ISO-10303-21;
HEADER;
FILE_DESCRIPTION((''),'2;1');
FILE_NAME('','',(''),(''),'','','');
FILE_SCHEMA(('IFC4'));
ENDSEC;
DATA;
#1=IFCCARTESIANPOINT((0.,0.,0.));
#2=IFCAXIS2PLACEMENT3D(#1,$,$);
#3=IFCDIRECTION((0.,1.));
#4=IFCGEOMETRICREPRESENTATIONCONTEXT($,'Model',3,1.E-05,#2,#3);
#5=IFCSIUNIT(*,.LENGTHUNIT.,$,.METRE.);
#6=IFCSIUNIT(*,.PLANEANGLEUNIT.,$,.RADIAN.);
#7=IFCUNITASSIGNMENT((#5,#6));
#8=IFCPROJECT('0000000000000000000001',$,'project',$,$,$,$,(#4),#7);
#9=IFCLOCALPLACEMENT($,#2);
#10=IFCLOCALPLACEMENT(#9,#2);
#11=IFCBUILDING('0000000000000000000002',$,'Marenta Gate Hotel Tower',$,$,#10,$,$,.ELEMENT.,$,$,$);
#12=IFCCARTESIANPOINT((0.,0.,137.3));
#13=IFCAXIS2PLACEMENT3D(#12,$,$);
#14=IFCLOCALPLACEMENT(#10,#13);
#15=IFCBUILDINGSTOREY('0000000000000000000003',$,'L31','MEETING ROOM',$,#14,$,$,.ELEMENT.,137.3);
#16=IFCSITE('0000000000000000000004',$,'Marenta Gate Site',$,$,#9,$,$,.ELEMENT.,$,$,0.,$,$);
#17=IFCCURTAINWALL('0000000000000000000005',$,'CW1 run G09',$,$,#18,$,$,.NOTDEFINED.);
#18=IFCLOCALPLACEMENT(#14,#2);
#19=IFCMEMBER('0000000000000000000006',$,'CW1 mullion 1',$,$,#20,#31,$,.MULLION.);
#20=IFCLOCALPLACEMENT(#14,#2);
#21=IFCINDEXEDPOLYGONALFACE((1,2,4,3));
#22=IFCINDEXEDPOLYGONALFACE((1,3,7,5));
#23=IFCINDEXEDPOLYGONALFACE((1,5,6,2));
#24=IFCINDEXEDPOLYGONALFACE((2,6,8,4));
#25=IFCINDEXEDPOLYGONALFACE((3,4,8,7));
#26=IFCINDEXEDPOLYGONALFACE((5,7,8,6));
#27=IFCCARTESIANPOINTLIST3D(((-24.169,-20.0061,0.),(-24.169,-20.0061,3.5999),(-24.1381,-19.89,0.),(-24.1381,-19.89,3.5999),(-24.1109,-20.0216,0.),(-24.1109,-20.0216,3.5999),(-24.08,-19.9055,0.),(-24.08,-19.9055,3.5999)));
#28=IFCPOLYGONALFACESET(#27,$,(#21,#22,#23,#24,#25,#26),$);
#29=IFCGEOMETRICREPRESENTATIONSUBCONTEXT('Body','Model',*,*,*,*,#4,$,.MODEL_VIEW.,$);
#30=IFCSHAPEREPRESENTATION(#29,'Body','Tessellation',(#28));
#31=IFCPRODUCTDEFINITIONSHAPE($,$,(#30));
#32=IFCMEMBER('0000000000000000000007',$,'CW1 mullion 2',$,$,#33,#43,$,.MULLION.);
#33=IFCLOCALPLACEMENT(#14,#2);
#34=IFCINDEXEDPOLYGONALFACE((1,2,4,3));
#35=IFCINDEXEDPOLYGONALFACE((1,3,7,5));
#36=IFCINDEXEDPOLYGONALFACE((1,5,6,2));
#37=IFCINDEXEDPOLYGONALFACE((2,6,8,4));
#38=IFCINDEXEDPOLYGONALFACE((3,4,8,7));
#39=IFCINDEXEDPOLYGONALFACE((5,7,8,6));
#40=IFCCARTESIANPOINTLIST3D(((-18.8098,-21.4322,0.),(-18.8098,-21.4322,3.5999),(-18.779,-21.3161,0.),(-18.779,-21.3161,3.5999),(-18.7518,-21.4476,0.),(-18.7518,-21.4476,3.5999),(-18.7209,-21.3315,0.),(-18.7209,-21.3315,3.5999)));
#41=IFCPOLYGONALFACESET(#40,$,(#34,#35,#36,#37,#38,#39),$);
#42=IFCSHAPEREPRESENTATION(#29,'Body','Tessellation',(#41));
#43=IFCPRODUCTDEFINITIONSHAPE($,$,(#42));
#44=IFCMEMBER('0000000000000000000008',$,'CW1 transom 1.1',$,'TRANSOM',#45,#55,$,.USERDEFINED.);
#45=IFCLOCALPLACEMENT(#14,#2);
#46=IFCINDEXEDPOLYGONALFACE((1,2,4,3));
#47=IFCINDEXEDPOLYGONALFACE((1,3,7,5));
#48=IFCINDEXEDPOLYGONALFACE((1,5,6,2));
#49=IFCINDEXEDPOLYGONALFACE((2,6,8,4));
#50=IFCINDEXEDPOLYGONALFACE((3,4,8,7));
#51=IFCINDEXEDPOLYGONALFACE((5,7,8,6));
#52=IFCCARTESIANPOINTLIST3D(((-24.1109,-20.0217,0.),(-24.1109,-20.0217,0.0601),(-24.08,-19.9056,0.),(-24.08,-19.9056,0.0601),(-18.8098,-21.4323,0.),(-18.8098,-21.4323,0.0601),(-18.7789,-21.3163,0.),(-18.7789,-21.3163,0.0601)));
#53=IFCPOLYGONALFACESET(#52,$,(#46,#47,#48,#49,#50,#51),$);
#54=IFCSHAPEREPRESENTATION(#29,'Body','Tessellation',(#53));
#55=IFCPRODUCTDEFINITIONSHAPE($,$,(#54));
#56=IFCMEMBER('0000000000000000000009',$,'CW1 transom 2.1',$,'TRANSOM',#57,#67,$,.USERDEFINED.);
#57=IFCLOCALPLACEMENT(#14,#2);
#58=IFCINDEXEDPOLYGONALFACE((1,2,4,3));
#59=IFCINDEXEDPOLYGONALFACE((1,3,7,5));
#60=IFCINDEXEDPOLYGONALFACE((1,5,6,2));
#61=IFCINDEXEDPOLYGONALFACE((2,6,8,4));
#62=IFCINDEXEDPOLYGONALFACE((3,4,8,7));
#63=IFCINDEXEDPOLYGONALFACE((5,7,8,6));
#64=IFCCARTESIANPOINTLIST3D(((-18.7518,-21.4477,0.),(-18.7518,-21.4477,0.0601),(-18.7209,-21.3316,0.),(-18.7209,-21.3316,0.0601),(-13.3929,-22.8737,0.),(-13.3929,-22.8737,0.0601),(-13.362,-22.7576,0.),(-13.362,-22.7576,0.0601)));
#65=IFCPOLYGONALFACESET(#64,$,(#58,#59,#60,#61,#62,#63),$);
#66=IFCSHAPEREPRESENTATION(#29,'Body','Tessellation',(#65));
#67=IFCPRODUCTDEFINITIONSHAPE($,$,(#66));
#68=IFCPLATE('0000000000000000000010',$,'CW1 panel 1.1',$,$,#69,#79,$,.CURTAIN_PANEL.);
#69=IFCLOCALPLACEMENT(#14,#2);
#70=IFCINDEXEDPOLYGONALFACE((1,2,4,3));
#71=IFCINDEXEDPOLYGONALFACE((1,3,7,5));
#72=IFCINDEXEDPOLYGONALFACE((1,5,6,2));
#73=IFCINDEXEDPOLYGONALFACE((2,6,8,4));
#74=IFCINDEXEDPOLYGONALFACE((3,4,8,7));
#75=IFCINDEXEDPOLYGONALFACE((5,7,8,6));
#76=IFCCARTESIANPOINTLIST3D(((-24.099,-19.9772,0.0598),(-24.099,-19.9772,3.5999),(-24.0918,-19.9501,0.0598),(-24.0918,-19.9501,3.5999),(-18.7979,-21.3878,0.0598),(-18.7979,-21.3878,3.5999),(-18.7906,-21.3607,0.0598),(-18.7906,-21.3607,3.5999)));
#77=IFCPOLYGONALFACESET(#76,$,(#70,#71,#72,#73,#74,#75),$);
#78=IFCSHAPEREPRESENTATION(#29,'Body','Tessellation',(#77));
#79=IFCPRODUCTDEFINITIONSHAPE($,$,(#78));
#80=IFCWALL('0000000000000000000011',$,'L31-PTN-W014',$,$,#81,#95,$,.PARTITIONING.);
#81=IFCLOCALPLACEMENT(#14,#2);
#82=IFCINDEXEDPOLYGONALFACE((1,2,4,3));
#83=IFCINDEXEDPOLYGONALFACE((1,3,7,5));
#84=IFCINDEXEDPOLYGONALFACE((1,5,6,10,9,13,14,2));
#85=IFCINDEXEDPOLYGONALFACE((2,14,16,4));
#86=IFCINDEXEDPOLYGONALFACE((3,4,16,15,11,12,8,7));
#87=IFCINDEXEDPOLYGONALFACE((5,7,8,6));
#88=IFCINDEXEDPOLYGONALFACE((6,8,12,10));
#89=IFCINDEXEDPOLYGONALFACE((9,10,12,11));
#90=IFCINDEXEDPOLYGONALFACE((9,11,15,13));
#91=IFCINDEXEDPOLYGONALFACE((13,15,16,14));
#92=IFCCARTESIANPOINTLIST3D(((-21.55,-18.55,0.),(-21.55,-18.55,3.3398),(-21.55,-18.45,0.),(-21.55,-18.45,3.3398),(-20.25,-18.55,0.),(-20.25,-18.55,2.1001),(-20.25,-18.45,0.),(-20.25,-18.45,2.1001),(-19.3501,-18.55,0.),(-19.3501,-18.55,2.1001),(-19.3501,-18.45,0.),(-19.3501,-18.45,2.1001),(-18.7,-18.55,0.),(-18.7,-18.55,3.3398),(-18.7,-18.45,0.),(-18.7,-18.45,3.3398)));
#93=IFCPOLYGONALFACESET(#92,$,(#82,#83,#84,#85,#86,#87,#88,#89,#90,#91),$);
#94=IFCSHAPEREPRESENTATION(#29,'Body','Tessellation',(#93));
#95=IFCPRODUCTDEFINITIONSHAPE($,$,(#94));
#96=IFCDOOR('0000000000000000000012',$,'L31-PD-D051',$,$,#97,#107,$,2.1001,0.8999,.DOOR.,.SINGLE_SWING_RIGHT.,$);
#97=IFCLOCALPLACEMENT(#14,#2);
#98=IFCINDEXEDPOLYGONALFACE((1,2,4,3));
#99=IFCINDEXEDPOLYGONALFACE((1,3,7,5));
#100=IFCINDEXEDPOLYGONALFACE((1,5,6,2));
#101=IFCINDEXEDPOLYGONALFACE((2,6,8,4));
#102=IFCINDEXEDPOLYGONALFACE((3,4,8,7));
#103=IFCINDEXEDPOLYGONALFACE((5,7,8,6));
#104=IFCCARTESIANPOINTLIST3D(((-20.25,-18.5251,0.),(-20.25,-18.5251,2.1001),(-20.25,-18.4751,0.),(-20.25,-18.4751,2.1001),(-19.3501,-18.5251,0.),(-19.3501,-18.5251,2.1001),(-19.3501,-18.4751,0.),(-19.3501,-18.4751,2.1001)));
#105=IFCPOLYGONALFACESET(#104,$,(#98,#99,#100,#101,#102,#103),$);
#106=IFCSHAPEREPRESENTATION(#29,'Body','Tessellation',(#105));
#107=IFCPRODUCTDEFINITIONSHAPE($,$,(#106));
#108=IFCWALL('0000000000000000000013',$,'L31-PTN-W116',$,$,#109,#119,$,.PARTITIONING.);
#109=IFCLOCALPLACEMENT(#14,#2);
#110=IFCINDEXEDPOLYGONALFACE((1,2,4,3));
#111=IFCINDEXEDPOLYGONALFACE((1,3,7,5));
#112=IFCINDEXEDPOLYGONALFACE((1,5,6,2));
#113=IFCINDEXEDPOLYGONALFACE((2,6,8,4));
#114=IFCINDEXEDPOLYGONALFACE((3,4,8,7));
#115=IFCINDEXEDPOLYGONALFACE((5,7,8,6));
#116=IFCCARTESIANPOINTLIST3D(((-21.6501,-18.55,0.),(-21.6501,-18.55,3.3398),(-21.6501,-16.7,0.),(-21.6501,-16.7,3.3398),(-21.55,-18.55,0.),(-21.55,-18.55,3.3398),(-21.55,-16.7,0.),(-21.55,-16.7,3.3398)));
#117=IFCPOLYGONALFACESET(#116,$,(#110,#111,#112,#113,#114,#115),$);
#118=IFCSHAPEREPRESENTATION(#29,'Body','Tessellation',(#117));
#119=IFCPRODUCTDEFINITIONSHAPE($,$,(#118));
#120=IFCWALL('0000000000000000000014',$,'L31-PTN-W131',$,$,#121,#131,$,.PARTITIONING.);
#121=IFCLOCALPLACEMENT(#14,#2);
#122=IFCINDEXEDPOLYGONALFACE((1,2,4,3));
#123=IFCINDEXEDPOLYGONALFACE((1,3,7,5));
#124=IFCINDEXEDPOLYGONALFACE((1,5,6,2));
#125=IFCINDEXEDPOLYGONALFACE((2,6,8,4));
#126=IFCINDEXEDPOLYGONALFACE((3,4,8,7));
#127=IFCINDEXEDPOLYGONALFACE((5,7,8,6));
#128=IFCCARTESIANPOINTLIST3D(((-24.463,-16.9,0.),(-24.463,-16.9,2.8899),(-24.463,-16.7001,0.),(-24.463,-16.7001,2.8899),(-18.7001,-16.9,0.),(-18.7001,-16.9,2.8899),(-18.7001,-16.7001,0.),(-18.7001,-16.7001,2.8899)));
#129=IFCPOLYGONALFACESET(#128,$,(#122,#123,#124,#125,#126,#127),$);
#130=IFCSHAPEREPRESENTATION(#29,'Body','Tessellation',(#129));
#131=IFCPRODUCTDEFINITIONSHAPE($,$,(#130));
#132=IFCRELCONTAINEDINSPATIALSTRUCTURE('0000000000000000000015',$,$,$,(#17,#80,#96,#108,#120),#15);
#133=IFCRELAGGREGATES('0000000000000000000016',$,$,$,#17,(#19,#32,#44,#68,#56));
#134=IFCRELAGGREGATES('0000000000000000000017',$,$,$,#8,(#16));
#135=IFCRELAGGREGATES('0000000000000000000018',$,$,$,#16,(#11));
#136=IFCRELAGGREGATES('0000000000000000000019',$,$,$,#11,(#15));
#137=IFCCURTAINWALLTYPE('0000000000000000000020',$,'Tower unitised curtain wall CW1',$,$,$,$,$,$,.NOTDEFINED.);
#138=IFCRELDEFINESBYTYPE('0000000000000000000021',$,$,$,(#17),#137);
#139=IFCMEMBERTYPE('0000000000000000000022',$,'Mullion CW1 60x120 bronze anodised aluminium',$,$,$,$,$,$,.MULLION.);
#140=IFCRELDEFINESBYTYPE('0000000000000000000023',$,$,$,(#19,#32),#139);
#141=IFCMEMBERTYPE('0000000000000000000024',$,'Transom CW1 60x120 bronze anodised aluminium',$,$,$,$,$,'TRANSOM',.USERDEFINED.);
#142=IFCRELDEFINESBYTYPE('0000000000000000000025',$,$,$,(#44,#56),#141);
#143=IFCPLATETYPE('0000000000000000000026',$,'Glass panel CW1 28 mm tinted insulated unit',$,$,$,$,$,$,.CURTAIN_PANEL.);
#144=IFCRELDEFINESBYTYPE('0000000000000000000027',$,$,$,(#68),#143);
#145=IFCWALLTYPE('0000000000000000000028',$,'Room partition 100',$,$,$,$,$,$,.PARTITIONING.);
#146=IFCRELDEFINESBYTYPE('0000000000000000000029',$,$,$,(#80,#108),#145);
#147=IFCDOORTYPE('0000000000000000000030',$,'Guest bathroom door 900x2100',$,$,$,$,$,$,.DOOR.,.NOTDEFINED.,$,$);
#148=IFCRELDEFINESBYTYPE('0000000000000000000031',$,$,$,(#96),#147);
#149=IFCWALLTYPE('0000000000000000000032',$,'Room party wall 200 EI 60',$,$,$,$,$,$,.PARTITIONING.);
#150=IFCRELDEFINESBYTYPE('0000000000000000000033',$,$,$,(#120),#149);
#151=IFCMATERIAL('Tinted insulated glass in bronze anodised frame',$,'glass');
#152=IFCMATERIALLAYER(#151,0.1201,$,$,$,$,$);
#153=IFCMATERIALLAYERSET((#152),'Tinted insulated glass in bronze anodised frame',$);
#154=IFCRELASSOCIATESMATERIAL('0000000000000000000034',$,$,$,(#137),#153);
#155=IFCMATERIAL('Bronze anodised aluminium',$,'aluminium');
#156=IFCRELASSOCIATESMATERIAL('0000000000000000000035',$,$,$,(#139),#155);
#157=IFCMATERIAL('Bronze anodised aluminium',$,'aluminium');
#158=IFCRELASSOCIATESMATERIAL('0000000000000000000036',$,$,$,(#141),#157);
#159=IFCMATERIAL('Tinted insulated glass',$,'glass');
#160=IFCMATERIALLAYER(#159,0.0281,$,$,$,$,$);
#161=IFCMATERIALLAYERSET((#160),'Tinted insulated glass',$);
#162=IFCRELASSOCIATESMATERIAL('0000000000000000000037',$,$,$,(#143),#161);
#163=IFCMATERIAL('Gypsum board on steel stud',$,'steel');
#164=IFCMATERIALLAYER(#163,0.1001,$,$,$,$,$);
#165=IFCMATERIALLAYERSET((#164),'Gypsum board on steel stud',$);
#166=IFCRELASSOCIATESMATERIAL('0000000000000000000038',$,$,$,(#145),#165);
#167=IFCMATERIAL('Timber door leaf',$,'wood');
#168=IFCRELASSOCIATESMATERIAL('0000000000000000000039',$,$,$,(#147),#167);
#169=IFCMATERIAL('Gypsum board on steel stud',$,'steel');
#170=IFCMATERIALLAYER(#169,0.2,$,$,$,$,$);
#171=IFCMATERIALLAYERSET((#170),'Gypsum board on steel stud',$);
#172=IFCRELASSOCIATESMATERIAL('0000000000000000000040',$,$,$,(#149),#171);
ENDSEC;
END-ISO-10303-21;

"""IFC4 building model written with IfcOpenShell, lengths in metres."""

from ifc_helpers import new_model, si_unit, direction, frame, frame_2d, origin, origin_2d, place, context, subcontext, project, spatial, rectangle, extrude, material, layer, layer_set, material_profile, profile_set, type_object, element, fill, aggregate, save


model = new_model("IFC4")

# Units and contexts
model_context = context("Model", 3, precision=1e-05, world=origin(), true_north=direction((0.0, 1.0)))
body_context = subcontext(model_context, "Body", "Model", "MODEL_VIEW")
ifc_project = project(units=[si_unit("LENGTHUNIT", "METRE"), si_unit("PLANEANGLEUNIT", "RADIAN")], contexts=[model_context])

# Site, building, storey
site_placement = place(None, origin())
site = spatial("IfcSite", under=ifc_project, at=site_placement, Name="Marenta Gate Site", CompositionType="ELEMENT", RefElevation=0.0)
building_placement = place(site_placement, origin())
building = spatial("IfcBuilding", under=site, at=building_placement, Name="Marenta Gate Hotel Tower", CompositionType="ELEMENT")
storey_placement = place(building_placement, frame((0.0, 0.0, 137.3)))
storey = spatial("IfcBuildingStorey", under=building, at=storey_placement, Name="L31", Description="MEETING ROOM", CompositionType="ELEMENT", Elevation=137.3)

# Curtain wall, members, plate
ifc_material_1 = material(Name="Tinted insulated glass in bronze anodised frame", Category="glass")
ifc_layer_1 = layer(ifc_material_1, 0.1201)
ifc_layer_set_1 = layer_set([ifc_layer_1], Name="Tinted insulated glass in bronze anodised frame")
curtain_wall_type = type_object("IfcCurtainWallType", Name="Tower unitised curtain wall CW1", PredefinedType="NOTDEFINED", material=ifc_layer_set_1)
curtain_wall_placement = place(storey_placement, origin())
curtain_wall = element("IfcCurtainWall", 1, at=curtain_wall_placement, inside=storey, type_object=curtain_wall_type, Name="CW1 run G09", PredefinedType="NOTDEFINED")
ifc_material_2 = material(Name="Bronze anodised aluminium", Category="aluminium")
ifc_material_profile_1 = material_profile(ifc_material_2, rectangle(XDim=0.1201, YDim=0.0601, at=origin_2d()), Name="Mullion CW1 60x120 bronze anodised aluminium")
ifc_profile_set_1 = profile_set([ifc_material_profile_1], Name="Bronze anodised aluminium")
member_type_1 = type_object("IfcMemberType", Name="Mullion CW1 60x120 bronze anodised aluminium", PredefinedType="MULLION", material=ifc_profile_set_1)
member_1_placement = place(storey_placement, frame((-24.1245, -19.9558, 0.0), z_axis=(0.0, 0.0, 1.0), x_axis=(0.257144, 0.966373, 0.0)))
member_1 = element("IfcMember", 2, at=member_1_placement, type_object=member_type_1, Name="CW1 mullion 1", PredefinedType="MULLION", context=body_context, shape_type="SweptSolid", body=[
    extrude(rectangle(XDim=0.1201, YDim=0.0601, at=origin_2d()), origin(), (0.0, 0.0, 1.0), 3.5999),
])
member_2_placement = place(storey_placement, frame((-18.7654, -21.3818, 0.0), z_axis=(0.0, 0.0, 1.0), x_axis=(0.257144, 0.966373, 0.0)))
member_2 = element("IfcMember", 3, at=member_2_placement, type_object=member_type_1, Name="CW1 mullion 2", PredefinedType="MULLION", context=body_context, shape_type="SweptSolid", body=[
    extrude(rectangle(XDim=0.1201, YDim=0.0601, at=origin_2d()), origin(), (0.0, 0.0, 1.0), 3.5999),
])
ifc_material_3 = material(Name="Bronze anodised aluminium", Category="aluminium")
ifc_material_profile_2 = material_profile(ifc_material_3, rectangle(XDim=0.1201, YDim=0.0601, at=origin_2d()), Name="Transom CW1 60x120 bronze anodised aluminium")
ifc_profile_set_2 = profile_set([ifc_material_profile_2], Name="Bronze anodised aluminium")
member_type_2 = type_object("IfcMemberType", Name="Transom CW1 60x120 bronze anodised aluminium", ElementType="TRANSOM", PredefinedType="USERDEFINED", material=ifc_profile_set_2)
member_3_placement = place(storey_placement, frame((-24.0955, -19.9636, 0.03), z_axis=(0.966369, -0.257158, 0.0), x_axis=(0.257158, 0.966369, 0.0)))
member_3 = element("IfcMember", 4, at=member_3_placement, type_object=member_type_2, Name="CW1 transom 1.1", ObjectType="TRANSOM", PredefinedType="USERDEFINED", context=body_context, shape_type="SweptSolid", body=[
    extrude(rectangle(XDim=0.1201, YDim=0.0601, at=origin_2d()), origin(), (0.0, 0.0, 1.0), 5.4856),
])
member_4_placement = place(storey_placement, frame((-18.7363, -21.3896, 0.03), z_axis=(0.96637, -0.257156, 0.0), x_axis=(0.257156, 0.96637, 0.0)))
member_4 = element("IfcMember", 5, at=member_4_placement, type_object=member_type_2, Name="CW1 transom 2.1", ObjectType="TRANSOM", PredefinedType="USERDEFINED", context=body_context, shape_type="SweptSolid", body=[
    extrude(rectangle(XDim=0.1201, YDim=0.0601, at=origin_2d()), origin(), (0.0, 0.0, 1.0), 5.5454),
])
ifc_material_4 = material(Name="Tinted insulated glass", Category="glass")
ifc_layer_2 = layer(ifc_material_4, 0.0281)
ifc_layer_set_2 = layer_set([ifc_layer_2], Name="Tinted insulated glass")
plate_type = type_object("IfcPlateType", Name="Glass panel CW1 28 mm tinted insulated unit", PredefinedType="CURTAIN_PANEL", material=ifc_layer_set_2)
plate_placement = place(storey_placement, frame((-21.4448, -20.6689, 0.0598), z_axis=(0.0, 0.0, 1.0), x_axis=(0.966373, -0.257144, 0.0)))
plate = element("IfcPlate", 6, at=plate_placement, type_object=plate_type, Name="CW1 panel 1.1", PredefinedType="CURTAIN_PANEL", context=body_context, shape_type="SweptSolid", body=[
    extrude(rectangle(XDim=5.4856, YDim=0.0281, at=origin_2d()), origin(), (0.0, 0.0, 1.0), 3.54),
])
aggregate(curtain_wall, [member_1, member_2, member_3, plate, member_4])

# Wall, opening, door
ifc_material_5 = material(Name="Gypsum board on steel stud", Category="steel")
ifc_layer_3 = layer(ifc_material_5, 0.1001)
ifc_layer_set_3 = layer_set([ifc_layer_3], Name="Gypsum board on steel stud")
wall_type_1 = type_object("IfcWallType", Name="Room partition 100", PredefinedType="PARTITIONING", material=ifc_layer_set_3)
wall_1_placement = place(storey_placement, frame((-21.55, -18.5, 0.0), z_axis=(0.0, 0.0, 1.0), x_axis=(1.0, 0.0, 0.0)))
wall_1 = element("IfcWall", 7, at=wall_1_placement, inside=storey, type_object=wall_type_1, Name="L31-PTN-W014", PredefinedType="PARTITIONING", context=body_context, shape_type="SweptSolid", body=[
    extrude(rectangle(XDim=2.8501, YDim=0.1001, at=frame_2d((1.425, 0.0))), origin(), (0.0, 0.0, 1.0), 3.3398),
])
opening_1_placement = place(wall_1_placement, frame((1.3, 0.0, 0.0)))
opening_1 = element("IfcOpeningElement", 8, at=opening_1_placement, cuts=wall_1, PredefinedType="OPENING", context=body_context, shape_type="SweptSolid", body=[
    extrude(rectangle(XDim=0.8999, YDim=2.1001, at=frame_2d((0.45, 1.05))), frame((0.0, 0.05, 0.0), z_axis=(0.0, -1.0, 0.0), x_axis=(1.0, 0.0, 0.0)), (0.0, 0.0, 1.0), 0.1001),
])
ifc_material_6 = material(Name="Timber door leaf", Category="wood")
door_type_1 = type_object("IfcDoorType", Name="Guest bathroom door 900x2100", OperationType="NOTDEFINED", PredefinedType="DOOR", material=ifc_material_6)
door_1_placement = place(opening_1_placement, origin())
door_1 = element("IfcDoor", 9, at=door_1_placement, inside=storey, type_object=door_type_1, Name="L31-PD-D051", OperationType="SINGLE_SWING_RIGHT", OverallHeight=2.1001, OverallWidth=0.8999, PredefinedType="DOOR", context=body_context, shape_type="SweptSolid", body=[
    extrude(rectangle(XDim=0.8999, YDim=2.1001, at=frame_2d((0.45, 1.05))), frame((0.0, 0.0249, 0.0), z_axis=(0.0, -1.0, 0.0), x_axis=(1.0, 0.0, 0.0)), (0.0, 0.0, 1.0), 0.05),
])
fill(opening_1, door_1)

# Walls
wall_2_placement = place(storey_placement, frame((-21.6001, -18.55, 0.0), z_axis=(0.0, 0.0, 1.0), x_axis=(0.0, 1.0, 0.0)))
element("IfcWall", 10, at=wall_2_placement, inside=storey, type_object=wall_type_1, Name="L31-PTN-W116", PredefinedType="PARTITIONING", context=body_context, shape_type="SweptSolid", body=[
    extrude(rectangle(XDim=1.8501, YDim=0.1001, at=frame_2d((0.925, 0.0))), origin(), (0.0, 0.0, 1.0), 3.3398),
])
ifc_material_7 = material(Name="Gypsum board on steel stud", Category="steel")
ifc_layer_4 = layer(ifc_material_7, 0.2)
ifc_layer_set_4 = layer_set([ifc_layer_4], Name="Gypsum board on steel stud")
wall_type_2 = type_object("IfcWallType", Name="Room party wall 200 EI 60", PredefinedType="PARTITIONING", material=ifc_layer_set_4)
wall_3_placement = place(storey_placement, frame((-24.4629, -16.8, 0.0), z_axis=(0.0, 0.0, 1.0), x_axis=(1.0, 0.0, 0.0)))
element("IfcWall", 11, at=wall_3_placement, inside=storey, type_object=wall_type_2, Name="L31-PTN-W131", PredefinedType="PARTITIONING", context=body_context, shape_type="SweptSolid", body=[
    extrude(rectangle(XDim=5.7629, YDim=0.2, at=frame_2d((2.8813, 0.0))), origin(), (0.0, 0.0, 1.0), 2.8899),
])

save(model, "model.ifc")
